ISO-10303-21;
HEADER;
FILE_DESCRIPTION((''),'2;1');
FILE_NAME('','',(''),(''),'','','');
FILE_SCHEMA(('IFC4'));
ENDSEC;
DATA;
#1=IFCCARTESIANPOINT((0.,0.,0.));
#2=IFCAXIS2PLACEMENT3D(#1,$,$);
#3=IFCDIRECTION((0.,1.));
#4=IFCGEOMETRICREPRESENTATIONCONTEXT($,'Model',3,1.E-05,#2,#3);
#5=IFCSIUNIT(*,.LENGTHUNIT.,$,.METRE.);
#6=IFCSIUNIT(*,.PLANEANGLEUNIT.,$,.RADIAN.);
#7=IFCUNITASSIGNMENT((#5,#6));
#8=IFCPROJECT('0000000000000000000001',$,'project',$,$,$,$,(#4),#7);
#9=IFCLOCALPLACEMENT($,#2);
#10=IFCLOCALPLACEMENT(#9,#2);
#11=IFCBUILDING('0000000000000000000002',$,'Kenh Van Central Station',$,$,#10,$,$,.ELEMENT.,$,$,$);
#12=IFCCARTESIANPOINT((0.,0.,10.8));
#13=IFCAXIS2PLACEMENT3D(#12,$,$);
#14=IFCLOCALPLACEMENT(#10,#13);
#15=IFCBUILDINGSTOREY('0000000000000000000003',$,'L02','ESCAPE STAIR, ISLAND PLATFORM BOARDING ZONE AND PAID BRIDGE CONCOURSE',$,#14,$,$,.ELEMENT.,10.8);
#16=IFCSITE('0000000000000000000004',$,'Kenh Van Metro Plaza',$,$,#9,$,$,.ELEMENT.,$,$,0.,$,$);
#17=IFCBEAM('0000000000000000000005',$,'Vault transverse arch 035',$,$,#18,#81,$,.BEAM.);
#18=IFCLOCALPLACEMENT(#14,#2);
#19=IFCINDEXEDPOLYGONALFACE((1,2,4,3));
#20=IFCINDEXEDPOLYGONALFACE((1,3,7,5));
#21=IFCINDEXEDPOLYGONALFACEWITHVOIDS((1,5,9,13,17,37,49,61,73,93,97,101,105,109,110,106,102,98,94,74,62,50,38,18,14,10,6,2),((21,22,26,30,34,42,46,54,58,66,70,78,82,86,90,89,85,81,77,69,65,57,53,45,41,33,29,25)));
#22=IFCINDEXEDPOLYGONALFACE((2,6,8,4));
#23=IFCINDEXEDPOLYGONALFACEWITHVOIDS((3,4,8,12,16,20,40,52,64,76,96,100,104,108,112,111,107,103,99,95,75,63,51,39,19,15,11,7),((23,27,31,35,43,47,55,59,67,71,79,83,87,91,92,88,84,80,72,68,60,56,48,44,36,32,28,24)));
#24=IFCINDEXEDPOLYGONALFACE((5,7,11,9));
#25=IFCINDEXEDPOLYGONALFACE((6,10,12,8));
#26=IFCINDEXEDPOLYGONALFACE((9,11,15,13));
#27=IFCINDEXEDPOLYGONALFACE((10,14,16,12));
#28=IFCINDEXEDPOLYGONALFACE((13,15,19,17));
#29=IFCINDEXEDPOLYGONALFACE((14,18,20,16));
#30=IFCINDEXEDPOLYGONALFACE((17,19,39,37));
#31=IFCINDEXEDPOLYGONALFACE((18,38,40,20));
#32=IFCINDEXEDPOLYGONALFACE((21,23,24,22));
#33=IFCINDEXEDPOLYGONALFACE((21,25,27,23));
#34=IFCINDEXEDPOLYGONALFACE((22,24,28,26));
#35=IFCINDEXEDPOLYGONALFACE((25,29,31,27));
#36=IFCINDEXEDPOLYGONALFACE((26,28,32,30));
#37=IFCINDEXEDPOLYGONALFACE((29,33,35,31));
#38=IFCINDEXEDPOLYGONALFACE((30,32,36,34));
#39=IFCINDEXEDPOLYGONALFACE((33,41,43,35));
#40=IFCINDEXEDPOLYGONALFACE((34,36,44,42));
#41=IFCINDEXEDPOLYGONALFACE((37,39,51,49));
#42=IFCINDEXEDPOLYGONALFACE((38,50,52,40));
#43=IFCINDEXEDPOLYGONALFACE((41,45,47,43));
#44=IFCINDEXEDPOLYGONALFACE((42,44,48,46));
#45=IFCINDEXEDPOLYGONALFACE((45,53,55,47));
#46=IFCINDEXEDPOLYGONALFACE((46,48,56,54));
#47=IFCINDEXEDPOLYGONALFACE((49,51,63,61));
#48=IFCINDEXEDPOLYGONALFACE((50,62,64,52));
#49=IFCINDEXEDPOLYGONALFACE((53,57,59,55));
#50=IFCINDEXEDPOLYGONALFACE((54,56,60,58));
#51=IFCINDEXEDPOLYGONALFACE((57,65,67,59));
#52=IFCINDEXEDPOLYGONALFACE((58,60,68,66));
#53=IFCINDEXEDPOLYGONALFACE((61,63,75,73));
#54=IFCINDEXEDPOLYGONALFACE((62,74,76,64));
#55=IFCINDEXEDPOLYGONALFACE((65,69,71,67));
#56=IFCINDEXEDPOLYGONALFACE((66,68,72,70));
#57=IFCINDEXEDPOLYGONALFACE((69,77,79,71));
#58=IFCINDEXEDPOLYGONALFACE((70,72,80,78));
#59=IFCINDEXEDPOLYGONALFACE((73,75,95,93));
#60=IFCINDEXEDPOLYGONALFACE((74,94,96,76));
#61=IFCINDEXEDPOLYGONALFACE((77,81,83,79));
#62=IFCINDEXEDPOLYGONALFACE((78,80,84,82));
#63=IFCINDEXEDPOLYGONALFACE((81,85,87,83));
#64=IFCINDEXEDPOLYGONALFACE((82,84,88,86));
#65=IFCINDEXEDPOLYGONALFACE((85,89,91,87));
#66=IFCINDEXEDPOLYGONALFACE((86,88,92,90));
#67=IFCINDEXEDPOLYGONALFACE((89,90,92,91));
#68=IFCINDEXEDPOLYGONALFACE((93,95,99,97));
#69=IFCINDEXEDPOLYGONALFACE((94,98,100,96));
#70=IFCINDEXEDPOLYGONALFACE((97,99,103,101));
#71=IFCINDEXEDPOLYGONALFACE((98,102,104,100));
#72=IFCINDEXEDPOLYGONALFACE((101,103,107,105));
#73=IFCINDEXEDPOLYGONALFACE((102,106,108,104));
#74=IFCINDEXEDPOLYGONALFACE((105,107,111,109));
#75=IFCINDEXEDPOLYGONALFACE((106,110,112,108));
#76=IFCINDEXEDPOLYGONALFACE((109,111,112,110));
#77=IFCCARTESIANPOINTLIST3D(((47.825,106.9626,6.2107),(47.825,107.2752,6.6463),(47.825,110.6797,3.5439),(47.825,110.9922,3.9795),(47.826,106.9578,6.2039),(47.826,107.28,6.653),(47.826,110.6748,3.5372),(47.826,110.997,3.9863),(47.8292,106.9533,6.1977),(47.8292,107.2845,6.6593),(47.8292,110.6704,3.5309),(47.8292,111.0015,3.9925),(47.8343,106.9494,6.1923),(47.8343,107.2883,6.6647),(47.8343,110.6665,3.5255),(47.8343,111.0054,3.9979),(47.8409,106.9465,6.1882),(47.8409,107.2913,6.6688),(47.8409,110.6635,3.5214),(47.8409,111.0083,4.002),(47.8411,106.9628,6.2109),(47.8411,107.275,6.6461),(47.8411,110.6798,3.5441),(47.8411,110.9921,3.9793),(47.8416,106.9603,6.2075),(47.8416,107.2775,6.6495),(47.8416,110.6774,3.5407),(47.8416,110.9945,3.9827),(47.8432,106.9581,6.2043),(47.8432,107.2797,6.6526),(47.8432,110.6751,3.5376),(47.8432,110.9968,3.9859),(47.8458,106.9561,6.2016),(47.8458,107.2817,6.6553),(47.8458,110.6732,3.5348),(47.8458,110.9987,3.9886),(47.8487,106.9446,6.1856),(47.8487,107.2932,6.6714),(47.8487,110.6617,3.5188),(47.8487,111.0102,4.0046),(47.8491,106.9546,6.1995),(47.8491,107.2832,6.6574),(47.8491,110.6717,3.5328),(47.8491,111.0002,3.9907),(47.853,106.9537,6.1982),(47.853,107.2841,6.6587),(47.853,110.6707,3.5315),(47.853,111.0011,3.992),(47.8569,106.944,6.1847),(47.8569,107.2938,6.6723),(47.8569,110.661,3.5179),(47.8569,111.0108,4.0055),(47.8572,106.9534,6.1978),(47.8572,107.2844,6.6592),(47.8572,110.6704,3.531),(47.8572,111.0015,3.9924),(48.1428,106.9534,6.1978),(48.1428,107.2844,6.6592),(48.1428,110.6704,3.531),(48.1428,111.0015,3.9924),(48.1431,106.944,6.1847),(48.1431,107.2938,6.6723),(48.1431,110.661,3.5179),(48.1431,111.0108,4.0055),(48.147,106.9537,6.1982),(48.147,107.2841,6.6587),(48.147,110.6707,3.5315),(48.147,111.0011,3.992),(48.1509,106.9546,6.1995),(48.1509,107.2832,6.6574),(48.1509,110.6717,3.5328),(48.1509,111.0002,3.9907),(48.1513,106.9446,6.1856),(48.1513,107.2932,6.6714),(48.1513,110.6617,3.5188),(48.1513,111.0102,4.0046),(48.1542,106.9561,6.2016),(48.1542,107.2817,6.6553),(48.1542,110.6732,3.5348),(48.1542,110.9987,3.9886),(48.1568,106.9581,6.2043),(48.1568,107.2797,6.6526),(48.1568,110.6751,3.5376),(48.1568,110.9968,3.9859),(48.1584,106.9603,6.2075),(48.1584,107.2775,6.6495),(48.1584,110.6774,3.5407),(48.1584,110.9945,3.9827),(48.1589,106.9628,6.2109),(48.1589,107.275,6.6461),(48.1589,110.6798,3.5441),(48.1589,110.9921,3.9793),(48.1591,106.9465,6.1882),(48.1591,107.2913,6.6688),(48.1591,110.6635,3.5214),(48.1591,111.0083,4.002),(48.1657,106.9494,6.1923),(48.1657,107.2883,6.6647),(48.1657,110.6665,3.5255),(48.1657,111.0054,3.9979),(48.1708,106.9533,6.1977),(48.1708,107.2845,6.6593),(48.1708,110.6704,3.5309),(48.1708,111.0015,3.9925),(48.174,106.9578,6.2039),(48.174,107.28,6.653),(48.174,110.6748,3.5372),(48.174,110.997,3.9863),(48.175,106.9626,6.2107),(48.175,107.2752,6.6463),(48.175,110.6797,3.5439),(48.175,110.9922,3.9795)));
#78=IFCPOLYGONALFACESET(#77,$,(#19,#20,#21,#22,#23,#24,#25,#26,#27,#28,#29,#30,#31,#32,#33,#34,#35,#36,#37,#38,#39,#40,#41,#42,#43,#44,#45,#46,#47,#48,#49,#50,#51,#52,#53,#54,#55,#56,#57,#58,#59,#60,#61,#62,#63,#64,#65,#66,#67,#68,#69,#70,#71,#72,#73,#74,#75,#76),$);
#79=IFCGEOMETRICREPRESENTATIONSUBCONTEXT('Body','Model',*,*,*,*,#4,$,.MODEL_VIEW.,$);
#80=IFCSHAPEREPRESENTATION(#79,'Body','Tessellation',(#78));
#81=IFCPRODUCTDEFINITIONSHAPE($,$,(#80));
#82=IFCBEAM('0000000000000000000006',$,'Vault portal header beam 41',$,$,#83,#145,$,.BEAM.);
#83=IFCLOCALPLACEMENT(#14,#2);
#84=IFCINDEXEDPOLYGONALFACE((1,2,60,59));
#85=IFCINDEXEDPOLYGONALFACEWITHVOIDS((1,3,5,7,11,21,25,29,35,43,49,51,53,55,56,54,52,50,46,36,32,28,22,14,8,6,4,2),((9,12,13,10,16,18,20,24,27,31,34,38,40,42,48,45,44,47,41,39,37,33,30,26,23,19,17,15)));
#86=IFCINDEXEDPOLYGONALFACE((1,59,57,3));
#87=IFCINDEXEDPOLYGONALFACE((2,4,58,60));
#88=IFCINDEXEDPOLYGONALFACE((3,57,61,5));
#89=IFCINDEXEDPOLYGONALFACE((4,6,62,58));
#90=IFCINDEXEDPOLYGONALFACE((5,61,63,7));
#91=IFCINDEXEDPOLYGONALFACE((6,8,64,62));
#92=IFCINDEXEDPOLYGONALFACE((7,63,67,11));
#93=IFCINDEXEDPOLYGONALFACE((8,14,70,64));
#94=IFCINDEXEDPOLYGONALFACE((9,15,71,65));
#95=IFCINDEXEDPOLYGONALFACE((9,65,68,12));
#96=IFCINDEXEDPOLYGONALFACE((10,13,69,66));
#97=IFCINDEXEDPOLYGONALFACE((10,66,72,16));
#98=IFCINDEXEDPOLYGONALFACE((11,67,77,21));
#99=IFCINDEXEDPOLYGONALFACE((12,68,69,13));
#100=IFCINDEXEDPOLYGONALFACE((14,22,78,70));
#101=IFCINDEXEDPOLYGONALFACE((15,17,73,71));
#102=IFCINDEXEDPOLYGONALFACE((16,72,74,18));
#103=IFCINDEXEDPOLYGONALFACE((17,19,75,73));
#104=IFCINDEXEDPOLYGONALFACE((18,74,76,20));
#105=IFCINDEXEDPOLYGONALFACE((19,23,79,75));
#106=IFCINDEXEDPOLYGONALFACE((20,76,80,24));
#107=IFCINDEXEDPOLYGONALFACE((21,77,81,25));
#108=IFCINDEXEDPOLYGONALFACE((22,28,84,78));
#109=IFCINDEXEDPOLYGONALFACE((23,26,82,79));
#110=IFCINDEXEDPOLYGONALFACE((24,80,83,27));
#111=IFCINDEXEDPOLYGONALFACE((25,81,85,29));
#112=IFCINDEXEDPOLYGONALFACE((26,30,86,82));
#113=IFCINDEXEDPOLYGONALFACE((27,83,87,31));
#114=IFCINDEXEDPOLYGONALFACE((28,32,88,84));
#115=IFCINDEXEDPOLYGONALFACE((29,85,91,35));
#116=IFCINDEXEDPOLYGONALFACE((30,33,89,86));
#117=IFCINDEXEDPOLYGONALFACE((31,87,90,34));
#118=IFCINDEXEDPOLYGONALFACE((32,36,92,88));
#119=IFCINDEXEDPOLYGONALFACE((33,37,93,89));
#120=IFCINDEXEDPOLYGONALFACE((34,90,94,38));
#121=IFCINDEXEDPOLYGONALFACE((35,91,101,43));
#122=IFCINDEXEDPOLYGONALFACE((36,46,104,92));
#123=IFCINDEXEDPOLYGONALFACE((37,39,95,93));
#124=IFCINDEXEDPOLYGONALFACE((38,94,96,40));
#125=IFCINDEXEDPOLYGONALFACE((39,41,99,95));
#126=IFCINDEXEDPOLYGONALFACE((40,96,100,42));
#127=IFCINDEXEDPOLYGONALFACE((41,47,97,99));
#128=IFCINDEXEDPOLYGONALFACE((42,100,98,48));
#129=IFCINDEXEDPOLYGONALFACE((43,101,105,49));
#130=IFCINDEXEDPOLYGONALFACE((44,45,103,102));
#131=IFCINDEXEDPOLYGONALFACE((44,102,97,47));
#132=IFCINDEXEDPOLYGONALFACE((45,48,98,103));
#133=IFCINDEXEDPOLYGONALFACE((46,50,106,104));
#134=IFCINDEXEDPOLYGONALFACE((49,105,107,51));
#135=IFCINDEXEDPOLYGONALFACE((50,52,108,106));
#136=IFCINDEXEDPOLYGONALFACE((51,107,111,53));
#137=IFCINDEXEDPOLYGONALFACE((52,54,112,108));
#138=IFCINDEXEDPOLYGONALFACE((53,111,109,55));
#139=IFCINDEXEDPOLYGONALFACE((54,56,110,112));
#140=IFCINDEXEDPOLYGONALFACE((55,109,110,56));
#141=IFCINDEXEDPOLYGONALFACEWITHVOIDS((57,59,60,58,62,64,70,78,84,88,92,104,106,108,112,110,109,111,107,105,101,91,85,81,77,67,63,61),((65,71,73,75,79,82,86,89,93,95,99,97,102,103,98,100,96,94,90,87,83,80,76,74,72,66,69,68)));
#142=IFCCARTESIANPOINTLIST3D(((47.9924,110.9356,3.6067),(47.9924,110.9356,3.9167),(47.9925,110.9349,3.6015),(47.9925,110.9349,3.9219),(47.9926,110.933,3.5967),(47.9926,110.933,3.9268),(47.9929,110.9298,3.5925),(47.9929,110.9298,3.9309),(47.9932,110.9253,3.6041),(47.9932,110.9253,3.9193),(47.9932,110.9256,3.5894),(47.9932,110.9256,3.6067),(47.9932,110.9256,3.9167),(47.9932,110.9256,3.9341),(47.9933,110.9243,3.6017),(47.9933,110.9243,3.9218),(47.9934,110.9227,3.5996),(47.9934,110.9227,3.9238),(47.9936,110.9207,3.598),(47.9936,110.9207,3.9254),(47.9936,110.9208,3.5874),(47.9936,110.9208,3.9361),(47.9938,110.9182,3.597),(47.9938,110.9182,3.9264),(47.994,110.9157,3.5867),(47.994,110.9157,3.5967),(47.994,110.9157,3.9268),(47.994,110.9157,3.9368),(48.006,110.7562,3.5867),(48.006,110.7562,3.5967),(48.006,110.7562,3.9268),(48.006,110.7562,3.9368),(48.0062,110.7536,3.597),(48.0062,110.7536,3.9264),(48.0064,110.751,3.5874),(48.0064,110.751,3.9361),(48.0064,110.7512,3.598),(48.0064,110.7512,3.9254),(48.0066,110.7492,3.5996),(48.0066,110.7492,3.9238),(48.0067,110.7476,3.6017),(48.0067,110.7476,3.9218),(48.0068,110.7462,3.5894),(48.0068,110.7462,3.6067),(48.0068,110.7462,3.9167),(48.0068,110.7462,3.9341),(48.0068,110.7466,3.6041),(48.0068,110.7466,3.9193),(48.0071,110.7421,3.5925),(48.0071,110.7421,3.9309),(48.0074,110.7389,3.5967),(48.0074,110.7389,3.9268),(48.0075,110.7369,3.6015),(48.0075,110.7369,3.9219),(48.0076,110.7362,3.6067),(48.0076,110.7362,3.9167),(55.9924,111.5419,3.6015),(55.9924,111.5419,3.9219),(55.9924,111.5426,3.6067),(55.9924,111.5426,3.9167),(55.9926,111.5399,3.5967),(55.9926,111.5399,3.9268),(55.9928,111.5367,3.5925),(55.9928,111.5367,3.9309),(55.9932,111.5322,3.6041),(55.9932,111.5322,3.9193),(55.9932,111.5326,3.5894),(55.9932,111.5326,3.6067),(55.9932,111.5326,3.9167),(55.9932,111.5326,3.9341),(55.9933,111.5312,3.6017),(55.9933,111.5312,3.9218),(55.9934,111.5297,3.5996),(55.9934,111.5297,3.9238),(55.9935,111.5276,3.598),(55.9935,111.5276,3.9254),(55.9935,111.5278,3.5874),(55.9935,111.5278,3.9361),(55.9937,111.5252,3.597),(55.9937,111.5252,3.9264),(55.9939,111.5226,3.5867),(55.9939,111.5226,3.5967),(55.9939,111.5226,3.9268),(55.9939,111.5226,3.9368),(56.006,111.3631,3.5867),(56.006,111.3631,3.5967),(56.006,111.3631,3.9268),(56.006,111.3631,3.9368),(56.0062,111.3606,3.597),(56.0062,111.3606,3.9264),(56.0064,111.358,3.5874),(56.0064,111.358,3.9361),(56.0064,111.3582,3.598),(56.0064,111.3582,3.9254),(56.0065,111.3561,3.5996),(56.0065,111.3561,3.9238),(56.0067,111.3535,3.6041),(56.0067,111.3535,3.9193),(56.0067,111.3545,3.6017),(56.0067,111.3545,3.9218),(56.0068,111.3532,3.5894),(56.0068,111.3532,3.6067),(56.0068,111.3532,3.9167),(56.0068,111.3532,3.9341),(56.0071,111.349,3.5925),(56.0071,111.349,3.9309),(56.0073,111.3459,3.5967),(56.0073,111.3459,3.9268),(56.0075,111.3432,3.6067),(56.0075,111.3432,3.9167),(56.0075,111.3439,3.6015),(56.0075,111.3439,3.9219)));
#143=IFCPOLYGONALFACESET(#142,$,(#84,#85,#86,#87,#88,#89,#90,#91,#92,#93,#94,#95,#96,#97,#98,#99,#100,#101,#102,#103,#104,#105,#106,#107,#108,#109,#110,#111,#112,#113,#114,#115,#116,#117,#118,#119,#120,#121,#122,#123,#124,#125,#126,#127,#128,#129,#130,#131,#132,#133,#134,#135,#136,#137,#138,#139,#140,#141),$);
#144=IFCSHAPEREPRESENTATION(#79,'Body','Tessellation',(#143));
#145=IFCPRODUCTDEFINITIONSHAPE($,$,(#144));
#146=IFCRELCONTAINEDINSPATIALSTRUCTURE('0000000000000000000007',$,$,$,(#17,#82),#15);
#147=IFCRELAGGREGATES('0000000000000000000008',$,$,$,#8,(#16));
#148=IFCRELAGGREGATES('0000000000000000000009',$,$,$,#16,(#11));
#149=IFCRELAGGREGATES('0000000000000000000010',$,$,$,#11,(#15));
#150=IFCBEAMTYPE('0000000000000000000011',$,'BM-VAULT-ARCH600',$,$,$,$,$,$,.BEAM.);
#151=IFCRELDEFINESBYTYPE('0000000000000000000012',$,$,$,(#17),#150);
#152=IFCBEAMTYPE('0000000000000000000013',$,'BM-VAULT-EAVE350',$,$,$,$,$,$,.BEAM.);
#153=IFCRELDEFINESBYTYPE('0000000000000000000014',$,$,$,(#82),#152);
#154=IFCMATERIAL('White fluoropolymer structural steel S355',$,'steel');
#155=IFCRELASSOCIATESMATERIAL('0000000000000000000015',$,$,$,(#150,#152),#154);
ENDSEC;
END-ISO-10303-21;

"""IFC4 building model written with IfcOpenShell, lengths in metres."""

from ifc_helpers import new_model, si_unit, direction, frame, origin, origin_2d, place, context, subcontext, project, spatial, hollow_rectangle, extrude, material, material_profile, profile_set, type_object, element, save


model = new_model("IFC4")

# Units and contexts
model_context = context("Model", 3, precision=1e-05, world=origin(), true_north=direction((0.0, 1.0)))
body_context = subcontext(model_context, "Body", "Model", "MODEL_VIEW")
ifc_project = project(units=[si_unit("LENGTHUNIT", "METRE"), si_unit("PLANEANGLEUNIT", "RADIAN")], contexts=[model_context])

# Site, building, storey
site_placement = place(None, origin())
site = spatial("IfcSite", under=ifc_project, at=site_placement, Name="Kenh Van Metro Plaza", CompositionType="ELEMENT", RefElevation=0.0)
building_placement = place(site_placement, origin())
building = spatial("IfcBuilding", under=site, at=building_placement, Name="Kenh Van Central Station", CompositionType="ELEMENT")
storey_placement = place(building_placement, frame((0.0, 0.0, 10.8)))
storey = spatial("IfcBuildingStorey", under=building, at=storey_placement, Name="L02", Description="ESCAPE STAIR, ISLAND PLATFORM BOARDING ZONE AND PAID BRIDGE CONCOURSE", CompositionType="ELEMENT", Elevation=10.8)

# Beams
ifc_material_1 = material(Name="White fluoropolymer structural steel S355", Category="steel")
ifc_material_profile_1 = material_profile(ifc_material_1, hollow_rectangle(XDim=0.3501, YDim=0.6001, WallThickness=0.0161, InnerFilletRadius=0.0161, OuterFilletRadius=0.032, at=origin_2d()), Name="RHS 600x350x16")
ifc_profile_set_1 = profile_set([ifc_material_profile_1], Name="White fluoropolymer structural steel S355")
beam_type_1 = type_object("IfcBeamType", Name="BM-VAULT-ARCH600", PredefinedType="BEAM", material=ifc_profile_set_1)
beam_1_placement = place(storey_placement, frame((48.0, 107.1189, 6.4285), z_axis=(0.0, 0.81252, -0.582933), x_axis=(-1.0, 0.0, 0.0)))
element("IfcBeam", 1, at=beam_1_placement, inside=storey, type_object=beam_type_1, Name="Vault transverse arch 035", PredefinedType="BEAM", context=body_context, shape_type="SweptSolid", body=[
    extrude(hollow_rectangle(XDim=0.3501, YDim=0.6001, WallThickness=0.0161, InnerFilletRadius=0.0161, OuterFilletRadius=0.032, at=origin_2d()), origin(), (0.0, 0.0, 1.0), 4.5747),
])
ifc_material_profile_2 = material_profile(ifc_material_1, hollow_rectangle(XDim=0.2, YDim=0.3501, WallThickness=0.01, InnerFilletRadius=0.01, OuterFilletRadius=0.02, at=origin_2d()), Name="RHS 350x200x10")
ifc_profile_set_2 = profile_set([ifc_material_profile_2], Name="White fluoropolymer structural steel S355")
beam_type_2 = type_object("IfcBeamType", Name="BM-VAULT-EAVE350", PredefinedType="BEAM", material=ifc_profile_set_2)
beam_2_placement = place(storey_placement, frame((48.0, 110.8359, 3.7617), z_axis=(0.997134, 0.075649, 0.0), x_axis=(-0.075649, 0.997134, 0.0)))
element("IfcBeam", 2, at=beam_2_placement, inside=storey, type_object=beam_type_2, Name="Vault portal header beam 41", PredefinedType="BEAM", context=body_context, shape_type="SweptSolid", body=[
    extrude(hollow_rectangle(XDim=0.2, YDim=0.3501, WallThickness=0.01, InnerFilletRadius=0.01, OuterFilletRadius=0.02, at=origin_2d()), origin(), (0.0, 0.0, 1.0), 8.0229),
])

save(model, "model.ifc")
